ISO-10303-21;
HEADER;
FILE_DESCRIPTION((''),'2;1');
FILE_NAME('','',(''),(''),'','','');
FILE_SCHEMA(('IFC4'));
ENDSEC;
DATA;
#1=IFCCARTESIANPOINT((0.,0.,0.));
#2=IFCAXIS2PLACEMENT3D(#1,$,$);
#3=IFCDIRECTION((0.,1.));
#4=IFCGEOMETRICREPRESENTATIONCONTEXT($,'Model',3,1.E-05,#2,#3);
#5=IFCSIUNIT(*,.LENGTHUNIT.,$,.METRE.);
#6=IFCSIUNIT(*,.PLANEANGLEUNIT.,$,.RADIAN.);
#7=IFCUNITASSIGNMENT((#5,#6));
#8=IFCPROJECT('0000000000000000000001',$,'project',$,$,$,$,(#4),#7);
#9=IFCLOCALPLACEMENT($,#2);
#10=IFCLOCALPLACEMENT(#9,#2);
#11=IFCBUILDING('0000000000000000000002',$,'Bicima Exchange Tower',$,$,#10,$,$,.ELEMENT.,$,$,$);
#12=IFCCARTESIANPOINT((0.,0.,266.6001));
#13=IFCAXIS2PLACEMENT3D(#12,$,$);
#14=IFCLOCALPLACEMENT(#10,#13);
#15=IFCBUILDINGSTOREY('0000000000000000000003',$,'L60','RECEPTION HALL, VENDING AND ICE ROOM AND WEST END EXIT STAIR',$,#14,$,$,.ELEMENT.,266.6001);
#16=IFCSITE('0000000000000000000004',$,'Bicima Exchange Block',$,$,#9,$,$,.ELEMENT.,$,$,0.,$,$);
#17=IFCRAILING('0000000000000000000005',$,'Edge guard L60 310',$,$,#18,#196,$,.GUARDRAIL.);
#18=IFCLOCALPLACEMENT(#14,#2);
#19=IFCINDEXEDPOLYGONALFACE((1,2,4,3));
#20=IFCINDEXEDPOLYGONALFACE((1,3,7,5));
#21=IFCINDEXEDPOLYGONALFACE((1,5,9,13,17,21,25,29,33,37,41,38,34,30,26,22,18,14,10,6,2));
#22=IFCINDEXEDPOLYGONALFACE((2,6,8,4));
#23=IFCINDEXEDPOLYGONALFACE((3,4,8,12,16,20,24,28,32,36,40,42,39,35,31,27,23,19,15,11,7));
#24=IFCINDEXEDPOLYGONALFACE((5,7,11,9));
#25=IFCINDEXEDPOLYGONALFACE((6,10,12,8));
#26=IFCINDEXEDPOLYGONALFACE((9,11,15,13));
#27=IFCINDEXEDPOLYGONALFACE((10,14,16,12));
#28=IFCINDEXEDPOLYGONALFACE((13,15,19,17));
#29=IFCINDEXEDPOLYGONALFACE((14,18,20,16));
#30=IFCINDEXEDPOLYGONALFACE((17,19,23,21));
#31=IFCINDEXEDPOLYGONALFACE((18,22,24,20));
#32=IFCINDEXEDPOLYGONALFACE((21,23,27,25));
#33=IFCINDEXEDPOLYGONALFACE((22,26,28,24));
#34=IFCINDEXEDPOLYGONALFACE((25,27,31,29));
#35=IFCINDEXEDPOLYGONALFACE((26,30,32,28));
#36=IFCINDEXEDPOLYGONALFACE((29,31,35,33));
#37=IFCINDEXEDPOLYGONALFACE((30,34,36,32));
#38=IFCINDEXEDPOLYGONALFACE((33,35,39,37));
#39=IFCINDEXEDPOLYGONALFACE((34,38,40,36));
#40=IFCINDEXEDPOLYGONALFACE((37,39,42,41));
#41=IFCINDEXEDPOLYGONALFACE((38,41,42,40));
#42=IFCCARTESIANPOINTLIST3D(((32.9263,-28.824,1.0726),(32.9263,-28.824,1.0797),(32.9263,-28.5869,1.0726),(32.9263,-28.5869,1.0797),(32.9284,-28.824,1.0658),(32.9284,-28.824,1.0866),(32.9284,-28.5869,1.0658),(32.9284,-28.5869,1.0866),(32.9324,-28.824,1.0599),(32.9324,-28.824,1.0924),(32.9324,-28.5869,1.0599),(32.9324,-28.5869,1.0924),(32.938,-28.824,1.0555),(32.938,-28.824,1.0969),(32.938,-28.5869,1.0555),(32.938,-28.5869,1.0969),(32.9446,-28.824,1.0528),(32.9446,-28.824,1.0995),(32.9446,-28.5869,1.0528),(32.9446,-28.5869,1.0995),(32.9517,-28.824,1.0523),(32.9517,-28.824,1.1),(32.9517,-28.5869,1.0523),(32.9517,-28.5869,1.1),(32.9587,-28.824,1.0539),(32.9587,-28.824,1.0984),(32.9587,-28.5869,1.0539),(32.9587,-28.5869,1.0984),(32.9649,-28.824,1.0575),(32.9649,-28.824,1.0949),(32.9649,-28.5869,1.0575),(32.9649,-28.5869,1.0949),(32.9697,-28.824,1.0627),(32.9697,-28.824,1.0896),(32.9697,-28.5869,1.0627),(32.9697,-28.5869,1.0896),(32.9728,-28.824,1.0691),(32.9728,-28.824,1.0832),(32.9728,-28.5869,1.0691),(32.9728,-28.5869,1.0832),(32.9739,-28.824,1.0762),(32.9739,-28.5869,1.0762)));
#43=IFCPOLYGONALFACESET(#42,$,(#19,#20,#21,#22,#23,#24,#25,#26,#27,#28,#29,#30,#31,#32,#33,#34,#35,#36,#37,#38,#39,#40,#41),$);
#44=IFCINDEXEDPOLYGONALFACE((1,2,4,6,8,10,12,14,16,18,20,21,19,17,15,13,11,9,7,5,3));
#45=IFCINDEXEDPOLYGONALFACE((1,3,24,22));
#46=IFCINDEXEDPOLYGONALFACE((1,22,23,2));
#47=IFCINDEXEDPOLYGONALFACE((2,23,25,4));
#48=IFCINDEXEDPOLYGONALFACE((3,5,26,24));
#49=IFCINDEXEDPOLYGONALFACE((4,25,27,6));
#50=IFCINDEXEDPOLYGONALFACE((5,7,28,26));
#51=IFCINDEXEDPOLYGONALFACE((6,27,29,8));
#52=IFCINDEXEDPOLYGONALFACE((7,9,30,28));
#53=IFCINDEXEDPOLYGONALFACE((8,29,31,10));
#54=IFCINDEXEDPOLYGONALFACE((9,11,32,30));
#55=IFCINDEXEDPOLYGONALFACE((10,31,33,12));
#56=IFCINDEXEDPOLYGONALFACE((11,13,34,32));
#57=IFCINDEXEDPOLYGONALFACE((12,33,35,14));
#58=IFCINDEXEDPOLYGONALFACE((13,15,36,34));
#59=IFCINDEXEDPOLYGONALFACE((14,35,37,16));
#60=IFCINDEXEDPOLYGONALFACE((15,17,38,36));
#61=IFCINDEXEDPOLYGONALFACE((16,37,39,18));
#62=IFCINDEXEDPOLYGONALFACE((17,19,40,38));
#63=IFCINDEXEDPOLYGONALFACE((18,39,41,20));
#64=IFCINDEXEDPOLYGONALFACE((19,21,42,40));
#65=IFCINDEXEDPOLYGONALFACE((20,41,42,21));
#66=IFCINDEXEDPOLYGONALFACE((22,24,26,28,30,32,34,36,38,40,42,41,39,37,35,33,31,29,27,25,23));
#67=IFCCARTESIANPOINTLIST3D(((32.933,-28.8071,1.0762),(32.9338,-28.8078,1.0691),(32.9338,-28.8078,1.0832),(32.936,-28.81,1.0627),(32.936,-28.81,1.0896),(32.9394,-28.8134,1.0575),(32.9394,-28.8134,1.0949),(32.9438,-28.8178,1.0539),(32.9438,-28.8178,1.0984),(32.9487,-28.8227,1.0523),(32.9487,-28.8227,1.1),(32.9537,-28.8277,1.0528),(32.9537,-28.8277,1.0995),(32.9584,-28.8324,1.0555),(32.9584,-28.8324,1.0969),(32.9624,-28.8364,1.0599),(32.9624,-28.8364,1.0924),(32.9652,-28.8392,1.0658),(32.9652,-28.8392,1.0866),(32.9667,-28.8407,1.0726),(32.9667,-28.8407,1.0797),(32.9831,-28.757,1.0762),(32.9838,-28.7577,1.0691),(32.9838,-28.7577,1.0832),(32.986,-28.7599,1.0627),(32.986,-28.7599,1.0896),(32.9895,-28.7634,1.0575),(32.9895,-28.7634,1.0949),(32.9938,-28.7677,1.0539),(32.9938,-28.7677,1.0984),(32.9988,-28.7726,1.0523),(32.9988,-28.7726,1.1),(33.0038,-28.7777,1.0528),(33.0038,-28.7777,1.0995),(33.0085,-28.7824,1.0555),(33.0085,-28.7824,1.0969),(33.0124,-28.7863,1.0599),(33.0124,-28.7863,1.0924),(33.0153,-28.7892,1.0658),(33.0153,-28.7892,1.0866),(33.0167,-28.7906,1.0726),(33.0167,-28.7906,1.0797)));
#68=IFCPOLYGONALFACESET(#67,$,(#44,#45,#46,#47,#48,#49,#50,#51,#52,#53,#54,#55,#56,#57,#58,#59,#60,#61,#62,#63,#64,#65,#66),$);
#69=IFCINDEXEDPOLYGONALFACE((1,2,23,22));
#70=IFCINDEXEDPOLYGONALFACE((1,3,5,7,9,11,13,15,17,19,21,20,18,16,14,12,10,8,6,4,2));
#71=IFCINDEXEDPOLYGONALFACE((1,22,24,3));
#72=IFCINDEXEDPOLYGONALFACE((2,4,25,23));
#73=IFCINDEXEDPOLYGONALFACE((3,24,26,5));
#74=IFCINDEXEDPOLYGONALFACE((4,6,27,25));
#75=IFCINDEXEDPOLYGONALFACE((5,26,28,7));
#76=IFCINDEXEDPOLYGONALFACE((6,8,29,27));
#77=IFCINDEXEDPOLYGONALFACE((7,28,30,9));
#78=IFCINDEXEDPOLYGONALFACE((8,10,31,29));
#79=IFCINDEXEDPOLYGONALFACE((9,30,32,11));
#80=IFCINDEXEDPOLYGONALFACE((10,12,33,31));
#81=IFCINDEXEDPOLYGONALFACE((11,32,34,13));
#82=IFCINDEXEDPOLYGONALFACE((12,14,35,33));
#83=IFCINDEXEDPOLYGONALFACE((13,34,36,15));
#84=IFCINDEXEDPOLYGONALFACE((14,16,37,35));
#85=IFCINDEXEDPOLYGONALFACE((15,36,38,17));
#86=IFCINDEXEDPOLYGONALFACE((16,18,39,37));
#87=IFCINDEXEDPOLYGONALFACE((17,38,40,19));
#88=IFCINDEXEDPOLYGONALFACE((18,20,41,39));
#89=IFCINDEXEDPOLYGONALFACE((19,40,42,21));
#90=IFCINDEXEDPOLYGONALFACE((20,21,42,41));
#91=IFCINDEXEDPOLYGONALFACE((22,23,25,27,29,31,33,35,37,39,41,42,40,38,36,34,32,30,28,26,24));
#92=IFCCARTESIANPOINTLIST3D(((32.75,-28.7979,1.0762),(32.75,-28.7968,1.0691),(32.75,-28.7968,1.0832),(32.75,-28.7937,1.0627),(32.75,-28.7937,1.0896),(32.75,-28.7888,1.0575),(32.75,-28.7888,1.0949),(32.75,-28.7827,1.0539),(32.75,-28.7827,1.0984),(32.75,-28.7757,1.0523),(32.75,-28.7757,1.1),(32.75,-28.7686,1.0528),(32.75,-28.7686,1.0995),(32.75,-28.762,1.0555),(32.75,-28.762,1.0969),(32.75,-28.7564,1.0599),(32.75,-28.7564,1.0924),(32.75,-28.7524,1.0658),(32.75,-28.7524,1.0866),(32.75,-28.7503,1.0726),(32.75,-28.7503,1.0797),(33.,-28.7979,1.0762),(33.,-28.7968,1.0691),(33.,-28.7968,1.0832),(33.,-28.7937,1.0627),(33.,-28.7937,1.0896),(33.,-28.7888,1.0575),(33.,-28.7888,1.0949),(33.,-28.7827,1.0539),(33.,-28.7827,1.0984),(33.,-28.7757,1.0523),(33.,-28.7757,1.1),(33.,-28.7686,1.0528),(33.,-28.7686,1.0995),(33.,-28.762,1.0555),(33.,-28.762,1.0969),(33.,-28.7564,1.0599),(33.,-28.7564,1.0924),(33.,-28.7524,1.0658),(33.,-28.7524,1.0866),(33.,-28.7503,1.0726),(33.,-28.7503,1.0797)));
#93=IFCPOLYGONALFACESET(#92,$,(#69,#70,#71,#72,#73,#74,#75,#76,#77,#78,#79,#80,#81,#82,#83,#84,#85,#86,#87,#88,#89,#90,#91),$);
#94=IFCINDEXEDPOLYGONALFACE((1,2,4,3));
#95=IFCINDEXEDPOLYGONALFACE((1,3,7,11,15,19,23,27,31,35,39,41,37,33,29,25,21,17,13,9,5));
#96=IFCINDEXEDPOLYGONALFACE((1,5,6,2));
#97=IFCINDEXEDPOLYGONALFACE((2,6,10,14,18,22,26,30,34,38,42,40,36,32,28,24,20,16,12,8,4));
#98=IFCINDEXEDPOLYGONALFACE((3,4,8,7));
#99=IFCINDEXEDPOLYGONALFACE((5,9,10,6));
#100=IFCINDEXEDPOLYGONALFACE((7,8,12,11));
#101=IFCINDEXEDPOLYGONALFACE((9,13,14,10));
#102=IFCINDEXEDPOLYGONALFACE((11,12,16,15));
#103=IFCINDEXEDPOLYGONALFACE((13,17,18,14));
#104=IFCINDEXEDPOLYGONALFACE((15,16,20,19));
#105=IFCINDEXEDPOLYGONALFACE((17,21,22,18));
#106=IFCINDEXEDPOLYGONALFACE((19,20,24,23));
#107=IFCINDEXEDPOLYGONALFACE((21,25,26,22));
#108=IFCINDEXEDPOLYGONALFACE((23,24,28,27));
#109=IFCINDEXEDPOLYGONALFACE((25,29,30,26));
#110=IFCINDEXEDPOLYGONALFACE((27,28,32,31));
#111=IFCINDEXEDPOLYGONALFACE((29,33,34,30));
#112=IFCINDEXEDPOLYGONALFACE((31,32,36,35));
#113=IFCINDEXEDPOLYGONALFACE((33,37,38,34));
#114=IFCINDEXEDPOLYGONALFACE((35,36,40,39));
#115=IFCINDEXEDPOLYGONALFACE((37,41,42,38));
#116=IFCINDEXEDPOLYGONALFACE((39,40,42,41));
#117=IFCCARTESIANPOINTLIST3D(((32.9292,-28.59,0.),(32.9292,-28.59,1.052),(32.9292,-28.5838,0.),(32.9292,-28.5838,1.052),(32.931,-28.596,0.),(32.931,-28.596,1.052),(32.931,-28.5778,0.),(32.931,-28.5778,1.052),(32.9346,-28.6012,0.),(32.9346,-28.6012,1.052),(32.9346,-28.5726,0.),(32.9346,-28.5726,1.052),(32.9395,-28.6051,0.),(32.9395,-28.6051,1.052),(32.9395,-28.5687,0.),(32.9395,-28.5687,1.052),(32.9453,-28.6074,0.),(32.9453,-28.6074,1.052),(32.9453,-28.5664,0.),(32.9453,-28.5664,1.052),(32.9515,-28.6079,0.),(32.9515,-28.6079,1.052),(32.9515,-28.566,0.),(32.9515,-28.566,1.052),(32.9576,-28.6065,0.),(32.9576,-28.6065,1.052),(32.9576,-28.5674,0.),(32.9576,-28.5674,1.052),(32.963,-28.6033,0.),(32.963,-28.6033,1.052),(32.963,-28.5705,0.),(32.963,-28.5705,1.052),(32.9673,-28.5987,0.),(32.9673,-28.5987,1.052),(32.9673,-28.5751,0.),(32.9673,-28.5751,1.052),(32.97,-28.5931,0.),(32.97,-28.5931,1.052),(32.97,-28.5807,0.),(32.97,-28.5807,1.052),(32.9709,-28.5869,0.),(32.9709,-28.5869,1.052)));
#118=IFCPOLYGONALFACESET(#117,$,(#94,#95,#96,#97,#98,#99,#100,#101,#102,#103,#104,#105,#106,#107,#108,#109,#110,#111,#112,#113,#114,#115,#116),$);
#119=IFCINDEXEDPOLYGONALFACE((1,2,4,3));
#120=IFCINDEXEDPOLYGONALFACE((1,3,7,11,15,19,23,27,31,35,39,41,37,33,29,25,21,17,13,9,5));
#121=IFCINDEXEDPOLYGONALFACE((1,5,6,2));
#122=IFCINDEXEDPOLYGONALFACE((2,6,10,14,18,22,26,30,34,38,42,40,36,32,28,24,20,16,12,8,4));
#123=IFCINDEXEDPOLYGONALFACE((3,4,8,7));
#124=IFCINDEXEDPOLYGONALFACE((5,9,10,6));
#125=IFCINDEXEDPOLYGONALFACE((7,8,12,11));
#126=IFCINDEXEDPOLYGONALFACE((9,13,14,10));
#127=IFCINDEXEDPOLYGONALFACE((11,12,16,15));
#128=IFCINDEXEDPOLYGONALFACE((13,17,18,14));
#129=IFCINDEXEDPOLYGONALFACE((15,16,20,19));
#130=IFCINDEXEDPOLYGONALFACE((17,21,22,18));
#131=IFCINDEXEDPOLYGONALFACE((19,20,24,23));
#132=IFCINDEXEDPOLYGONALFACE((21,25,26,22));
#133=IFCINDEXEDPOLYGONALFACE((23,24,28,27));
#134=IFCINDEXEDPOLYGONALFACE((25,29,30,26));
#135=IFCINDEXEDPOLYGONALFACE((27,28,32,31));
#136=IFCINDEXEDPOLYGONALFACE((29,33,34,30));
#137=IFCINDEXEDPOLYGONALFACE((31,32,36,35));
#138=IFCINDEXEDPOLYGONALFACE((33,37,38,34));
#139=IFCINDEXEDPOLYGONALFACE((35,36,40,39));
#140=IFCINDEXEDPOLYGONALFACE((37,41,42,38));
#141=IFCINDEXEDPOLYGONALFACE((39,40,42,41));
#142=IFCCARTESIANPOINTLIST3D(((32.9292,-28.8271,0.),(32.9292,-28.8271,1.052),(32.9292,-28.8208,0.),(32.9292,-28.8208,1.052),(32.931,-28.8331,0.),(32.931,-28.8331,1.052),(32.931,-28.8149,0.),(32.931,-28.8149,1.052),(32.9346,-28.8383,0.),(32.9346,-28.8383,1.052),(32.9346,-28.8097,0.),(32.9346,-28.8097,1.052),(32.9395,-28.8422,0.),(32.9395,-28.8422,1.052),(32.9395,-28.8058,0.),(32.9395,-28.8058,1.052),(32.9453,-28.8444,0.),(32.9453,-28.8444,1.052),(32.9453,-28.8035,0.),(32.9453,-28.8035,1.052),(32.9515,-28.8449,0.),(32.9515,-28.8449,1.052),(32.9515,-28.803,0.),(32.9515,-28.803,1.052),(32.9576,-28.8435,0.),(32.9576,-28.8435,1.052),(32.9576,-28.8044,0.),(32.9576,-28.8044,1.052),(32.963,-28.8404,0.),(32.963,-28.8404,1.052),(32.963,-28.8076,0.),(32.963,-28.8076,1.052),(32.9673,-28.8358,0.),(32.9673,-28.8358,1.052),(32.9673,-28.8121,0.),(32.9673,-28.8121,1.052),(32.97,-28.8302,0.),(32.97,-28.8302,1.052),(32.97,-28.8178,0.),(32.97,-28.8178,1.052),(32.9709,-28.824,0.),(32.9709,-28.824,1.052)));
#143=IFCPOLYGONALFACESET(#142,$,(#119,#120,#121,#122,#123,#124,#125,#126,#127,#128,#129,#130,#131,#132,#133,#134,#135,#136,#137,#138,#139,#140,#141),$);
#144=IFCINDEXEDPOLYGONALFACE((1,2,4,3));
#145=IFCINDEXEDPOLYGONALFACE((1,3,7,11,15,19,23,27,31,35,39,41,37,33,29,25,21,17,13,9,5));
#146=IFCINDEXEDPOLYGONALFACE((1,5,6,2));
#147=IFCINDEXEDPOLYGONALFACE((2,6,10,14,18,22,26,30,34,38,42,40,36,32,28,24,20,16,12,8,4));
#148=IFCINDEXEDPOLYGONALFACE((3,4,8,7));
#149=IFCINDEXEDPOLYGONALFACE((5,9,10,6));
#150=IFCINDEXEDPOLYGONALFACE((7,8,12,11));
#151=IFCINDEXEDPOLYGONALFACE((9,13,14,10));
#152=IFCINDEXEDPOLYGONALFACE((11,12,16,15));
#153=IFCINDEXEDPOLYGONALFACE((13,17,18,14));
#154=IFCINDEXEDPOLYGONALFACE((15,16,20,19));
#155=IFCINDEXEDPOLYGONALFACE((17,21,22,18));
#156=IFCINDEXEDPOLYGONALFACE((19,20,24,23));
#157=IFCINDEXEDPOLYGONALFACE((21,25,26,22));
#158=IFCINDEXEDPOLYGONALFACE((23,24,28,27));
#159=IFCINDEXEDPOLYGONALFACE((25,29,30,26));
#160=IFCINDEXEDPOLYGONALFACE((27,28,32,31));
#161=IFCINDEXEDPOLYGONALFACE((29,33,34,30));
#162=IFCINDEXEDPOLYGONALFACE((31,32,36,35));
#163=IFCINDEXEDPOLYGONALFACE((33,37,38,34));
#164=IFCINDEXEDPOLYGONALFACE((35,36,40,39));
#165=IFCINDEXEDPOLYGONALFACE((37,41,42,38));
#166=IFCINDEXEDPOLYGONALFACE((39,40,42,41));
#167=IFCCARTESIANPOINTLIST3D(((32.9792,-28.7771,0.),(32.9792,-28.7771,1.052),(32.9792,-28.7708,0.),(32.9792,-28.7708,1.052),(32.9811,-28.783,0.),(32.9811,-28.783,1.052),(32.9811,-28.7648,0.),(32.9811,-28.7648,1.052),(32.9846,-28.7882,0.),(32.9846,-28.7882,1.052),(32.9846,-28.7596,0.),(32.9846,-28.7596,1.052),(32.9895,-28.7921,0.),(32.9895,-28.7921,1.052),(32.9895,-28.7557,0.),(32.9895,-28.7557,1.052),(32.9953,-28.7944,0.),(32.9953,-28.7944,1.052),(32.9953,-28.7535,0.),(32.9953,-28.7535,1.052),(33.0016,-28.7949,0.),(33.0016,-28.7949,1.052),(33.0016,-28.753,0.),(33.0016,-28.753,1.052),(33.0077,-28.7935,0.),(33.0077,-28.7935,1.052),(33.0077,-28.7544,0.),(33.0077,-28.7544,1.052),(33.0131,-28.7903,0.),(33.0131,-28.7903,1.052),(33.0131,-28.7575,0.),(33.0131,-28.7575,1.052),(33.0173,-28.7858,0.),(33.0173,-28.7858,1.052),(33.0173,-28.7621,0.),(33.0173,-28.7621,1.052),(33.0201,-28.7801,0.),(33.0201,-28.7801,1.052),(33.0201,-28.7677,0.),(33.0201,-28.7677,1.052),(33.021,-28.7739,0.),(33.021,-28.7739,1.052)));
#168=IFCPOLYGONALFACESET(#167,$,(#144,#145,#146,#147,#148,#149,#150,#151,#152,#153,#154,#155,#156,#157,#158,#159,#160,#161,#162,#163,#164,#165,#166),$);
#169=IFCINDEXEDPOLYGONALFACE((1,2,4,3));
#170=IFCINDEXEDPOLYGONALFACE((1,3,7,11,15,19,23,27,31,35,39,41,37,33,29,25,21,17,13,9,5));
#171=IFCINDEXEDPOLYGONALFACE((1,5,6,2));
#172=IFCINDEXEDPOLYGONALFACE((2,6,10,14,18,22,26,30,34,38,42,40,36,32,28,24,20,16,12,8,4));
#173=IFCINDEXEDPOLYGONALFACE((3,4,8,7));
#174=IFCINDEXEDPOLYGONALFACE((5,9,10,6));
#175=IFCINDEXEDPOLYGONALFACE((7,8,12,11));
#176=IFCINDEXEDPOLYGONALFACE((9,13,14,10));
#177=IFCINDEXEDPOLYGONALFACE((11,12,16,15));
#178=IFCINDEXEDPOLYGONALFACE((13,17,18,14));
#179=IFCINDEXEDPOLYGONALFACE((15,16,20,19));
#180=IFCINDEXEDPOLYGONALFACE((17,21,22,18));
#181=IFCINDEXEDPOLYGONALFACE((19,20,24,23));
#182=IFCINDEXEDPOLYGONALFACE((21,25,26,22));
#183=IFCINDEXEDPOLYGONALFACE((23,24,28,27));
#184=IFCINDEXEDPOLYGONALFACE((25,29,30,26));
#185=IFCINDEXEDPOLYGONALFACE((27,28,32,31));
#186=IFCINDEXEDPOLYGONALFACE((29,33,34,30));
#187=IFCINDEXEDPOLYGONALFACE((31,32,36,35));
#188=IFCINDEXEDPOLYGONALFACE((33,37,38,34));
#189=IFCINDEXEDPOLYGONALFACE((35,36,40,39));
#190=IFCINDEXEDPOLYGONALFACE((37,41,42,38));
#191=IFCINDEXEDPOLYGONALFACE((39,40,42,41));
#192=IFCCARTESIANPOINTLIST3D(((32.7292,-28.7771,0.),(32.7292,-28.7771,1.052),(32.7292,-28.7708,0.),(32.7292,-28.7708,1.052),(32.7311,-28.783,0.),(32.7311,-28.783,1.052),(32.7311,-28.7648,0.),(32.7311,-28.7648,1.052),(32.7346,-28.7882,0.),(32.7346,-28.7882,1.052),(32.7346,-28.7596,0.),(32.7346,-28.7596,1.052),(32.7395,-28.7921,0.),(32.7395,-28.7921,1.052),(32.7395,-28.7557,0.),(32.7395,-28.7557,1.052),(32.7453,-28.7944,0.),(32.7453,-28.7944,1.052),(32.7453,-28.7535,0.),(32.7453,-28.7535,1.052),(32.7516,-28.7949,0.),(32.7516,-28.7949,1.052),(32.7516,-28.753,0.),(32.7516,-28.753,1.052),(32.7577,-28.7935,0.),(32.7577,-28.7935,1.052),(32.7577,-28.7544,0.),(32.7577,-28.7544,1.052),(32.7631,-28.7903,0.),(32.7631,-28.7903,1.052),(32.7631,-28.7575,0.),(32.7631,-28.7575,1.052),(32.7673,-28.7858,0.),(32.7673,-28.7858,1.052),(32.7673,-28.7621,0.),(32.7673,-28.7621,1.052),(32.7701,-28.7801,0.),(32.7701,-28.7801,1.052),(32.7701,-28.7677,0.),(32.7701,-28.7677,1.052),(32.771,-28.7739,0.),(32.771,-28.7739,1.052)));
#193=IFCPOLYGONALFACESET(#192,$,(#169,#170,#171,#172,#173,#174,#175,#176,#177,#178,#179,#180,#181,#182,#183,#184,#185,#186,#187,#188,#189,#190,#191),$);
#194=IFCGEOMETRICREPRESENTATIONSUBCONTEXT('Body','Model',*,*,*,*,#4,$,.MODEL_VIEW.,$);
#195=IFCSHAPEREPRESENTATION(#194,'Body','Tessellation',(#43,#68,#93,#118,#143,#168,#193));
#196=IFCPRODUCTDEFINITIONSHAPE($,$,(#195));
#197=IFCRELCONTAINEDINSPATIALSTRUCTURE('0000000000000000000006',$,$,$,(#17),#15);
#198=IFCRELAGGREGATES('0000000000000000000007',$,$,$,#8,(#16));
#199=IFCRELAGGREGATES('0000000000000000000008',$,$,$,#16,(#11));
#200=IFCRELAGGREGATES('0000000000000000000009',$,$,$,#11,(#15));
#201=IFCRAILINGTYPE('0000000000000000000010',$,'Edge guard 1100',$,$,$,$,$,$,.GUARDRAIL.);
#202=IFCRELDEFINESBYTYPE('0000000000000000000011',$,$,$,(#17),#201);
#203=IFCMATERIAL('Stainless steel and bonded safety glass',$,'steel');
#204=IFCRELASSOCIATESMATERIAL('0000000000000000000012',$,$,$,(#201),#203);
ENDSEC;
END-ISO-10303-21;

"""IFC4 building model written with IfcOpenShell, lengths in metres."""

from ifc_helpers import new_model, si_unit, direction, frame, origin, origin_2d, place, context, subcontext, project, spatial, circle, extrude, material, type_object, element, save


model = new_model("IFC4")

# Units and contexts
model_context = context("Model", 3, precision=1e-05, world=origin(), true_north=direction((0.0, 1.0)))
body_context = subcontext(model_context, "Body", "Model", "MODEL_VIEW")
ifc_project = project(units=[si_unit("LENGTHUNIT", "METRE"), si_unit("PLANEANGLEUNIT", "RADIAN")], contexts=[model_context])

# Site, building, storey
site_placement = place(None, origin())
site = spatial("IfcSite", under=ifc_project, at=site_placement, Name="Bicima Exchange Block", CompositionType="ELEMENT", RefElevation=0.0)
building_placement = place(site_placement, origin())
building = spatial("IfcBuilding", under=site, at=building_placement, Name="Bicima Exchange Tower", CompositionType="ELEMENT")
storey_placement = place(building_placement, frame((0.0, 0.0, 266.6001)))
storey = spatial("IfcBuildingStorey", under=building, at=storey_placement, Name="L60", Description="RECEPTION HALL, VENDING AND ICE ROOM AND WEST END EXIT STAIR", CompositionType="ELEMENT", Elevation=266.6001)

# Railing
ifc_material_1 = material(Name="Stainless steel and bonded safety glass", Category="steel")
railing_type = type_object("IfcRailingType", Name="Edge guard 1100", PredefinedType="GUARDRAIL", material=ifc_material_1)
railing_1_placement = place(storey_placement, frame((32.95, -28.5869, 0.0)))
element("IfcRailing", 1, at=railing_1_placement, inside=storey, type_object=railing_type, Name="Edge guard L60 310", PredefinedType="GUARDRAIL", context=body_context, shape_type="SweptSolid", body=[
    extrude(circle(Radius=0.0239, at=origin_2d()), frame((0.0, 0.0, 1.0762), z_axis=(0.0, -1.0, 0.0), x_axis=(1.0, 0.0, 0.0)), (0.0, 0.0, 1.0), 0.2371),
    extrude(circle(Radius=0.0239, at=origin_2d()), frame((0.0, -0.2371, 1.0762), z_axis=(0.707107, 0.707107, 0.0), x_axis=(-0.707107, 0.707107, 0.0)), (0.0, 0.0, 1.0), 0.0708),
    extrude(circle(Radius=0.0239, at=origin_2d()), frame((0.05, -0.187, 1.0762), z_axis=(-1.0, 0.0, 0.0), x_axis=(0.0, -1.0, 0.0)), (0.0, 0.0, 1.0), 0.25),
    extrude(circle(Radius=0.021, at=origin_2d()), origin(), (0.0, 0.0, 1.0), 1.052),
    extrude(circle(Radius=0.021, at=origin_2d()), frame((0.0, -0.2371, 0.0)), (0.0, 0.0, 1.0), 1.052),
    extrude(circle(Radius=0.021, at=origin_2d()), frame((0.05, -0.187, 0.0)), (0.0, 0.0, 1.0), 1.052),
    extrude(circle(Radius=0.021, at=origin_2d()), frame((-0.2, -0.187, 0.0)), (0.0, 0.0, 1.0), 1.052),
])

save(model, "model.ifc")
